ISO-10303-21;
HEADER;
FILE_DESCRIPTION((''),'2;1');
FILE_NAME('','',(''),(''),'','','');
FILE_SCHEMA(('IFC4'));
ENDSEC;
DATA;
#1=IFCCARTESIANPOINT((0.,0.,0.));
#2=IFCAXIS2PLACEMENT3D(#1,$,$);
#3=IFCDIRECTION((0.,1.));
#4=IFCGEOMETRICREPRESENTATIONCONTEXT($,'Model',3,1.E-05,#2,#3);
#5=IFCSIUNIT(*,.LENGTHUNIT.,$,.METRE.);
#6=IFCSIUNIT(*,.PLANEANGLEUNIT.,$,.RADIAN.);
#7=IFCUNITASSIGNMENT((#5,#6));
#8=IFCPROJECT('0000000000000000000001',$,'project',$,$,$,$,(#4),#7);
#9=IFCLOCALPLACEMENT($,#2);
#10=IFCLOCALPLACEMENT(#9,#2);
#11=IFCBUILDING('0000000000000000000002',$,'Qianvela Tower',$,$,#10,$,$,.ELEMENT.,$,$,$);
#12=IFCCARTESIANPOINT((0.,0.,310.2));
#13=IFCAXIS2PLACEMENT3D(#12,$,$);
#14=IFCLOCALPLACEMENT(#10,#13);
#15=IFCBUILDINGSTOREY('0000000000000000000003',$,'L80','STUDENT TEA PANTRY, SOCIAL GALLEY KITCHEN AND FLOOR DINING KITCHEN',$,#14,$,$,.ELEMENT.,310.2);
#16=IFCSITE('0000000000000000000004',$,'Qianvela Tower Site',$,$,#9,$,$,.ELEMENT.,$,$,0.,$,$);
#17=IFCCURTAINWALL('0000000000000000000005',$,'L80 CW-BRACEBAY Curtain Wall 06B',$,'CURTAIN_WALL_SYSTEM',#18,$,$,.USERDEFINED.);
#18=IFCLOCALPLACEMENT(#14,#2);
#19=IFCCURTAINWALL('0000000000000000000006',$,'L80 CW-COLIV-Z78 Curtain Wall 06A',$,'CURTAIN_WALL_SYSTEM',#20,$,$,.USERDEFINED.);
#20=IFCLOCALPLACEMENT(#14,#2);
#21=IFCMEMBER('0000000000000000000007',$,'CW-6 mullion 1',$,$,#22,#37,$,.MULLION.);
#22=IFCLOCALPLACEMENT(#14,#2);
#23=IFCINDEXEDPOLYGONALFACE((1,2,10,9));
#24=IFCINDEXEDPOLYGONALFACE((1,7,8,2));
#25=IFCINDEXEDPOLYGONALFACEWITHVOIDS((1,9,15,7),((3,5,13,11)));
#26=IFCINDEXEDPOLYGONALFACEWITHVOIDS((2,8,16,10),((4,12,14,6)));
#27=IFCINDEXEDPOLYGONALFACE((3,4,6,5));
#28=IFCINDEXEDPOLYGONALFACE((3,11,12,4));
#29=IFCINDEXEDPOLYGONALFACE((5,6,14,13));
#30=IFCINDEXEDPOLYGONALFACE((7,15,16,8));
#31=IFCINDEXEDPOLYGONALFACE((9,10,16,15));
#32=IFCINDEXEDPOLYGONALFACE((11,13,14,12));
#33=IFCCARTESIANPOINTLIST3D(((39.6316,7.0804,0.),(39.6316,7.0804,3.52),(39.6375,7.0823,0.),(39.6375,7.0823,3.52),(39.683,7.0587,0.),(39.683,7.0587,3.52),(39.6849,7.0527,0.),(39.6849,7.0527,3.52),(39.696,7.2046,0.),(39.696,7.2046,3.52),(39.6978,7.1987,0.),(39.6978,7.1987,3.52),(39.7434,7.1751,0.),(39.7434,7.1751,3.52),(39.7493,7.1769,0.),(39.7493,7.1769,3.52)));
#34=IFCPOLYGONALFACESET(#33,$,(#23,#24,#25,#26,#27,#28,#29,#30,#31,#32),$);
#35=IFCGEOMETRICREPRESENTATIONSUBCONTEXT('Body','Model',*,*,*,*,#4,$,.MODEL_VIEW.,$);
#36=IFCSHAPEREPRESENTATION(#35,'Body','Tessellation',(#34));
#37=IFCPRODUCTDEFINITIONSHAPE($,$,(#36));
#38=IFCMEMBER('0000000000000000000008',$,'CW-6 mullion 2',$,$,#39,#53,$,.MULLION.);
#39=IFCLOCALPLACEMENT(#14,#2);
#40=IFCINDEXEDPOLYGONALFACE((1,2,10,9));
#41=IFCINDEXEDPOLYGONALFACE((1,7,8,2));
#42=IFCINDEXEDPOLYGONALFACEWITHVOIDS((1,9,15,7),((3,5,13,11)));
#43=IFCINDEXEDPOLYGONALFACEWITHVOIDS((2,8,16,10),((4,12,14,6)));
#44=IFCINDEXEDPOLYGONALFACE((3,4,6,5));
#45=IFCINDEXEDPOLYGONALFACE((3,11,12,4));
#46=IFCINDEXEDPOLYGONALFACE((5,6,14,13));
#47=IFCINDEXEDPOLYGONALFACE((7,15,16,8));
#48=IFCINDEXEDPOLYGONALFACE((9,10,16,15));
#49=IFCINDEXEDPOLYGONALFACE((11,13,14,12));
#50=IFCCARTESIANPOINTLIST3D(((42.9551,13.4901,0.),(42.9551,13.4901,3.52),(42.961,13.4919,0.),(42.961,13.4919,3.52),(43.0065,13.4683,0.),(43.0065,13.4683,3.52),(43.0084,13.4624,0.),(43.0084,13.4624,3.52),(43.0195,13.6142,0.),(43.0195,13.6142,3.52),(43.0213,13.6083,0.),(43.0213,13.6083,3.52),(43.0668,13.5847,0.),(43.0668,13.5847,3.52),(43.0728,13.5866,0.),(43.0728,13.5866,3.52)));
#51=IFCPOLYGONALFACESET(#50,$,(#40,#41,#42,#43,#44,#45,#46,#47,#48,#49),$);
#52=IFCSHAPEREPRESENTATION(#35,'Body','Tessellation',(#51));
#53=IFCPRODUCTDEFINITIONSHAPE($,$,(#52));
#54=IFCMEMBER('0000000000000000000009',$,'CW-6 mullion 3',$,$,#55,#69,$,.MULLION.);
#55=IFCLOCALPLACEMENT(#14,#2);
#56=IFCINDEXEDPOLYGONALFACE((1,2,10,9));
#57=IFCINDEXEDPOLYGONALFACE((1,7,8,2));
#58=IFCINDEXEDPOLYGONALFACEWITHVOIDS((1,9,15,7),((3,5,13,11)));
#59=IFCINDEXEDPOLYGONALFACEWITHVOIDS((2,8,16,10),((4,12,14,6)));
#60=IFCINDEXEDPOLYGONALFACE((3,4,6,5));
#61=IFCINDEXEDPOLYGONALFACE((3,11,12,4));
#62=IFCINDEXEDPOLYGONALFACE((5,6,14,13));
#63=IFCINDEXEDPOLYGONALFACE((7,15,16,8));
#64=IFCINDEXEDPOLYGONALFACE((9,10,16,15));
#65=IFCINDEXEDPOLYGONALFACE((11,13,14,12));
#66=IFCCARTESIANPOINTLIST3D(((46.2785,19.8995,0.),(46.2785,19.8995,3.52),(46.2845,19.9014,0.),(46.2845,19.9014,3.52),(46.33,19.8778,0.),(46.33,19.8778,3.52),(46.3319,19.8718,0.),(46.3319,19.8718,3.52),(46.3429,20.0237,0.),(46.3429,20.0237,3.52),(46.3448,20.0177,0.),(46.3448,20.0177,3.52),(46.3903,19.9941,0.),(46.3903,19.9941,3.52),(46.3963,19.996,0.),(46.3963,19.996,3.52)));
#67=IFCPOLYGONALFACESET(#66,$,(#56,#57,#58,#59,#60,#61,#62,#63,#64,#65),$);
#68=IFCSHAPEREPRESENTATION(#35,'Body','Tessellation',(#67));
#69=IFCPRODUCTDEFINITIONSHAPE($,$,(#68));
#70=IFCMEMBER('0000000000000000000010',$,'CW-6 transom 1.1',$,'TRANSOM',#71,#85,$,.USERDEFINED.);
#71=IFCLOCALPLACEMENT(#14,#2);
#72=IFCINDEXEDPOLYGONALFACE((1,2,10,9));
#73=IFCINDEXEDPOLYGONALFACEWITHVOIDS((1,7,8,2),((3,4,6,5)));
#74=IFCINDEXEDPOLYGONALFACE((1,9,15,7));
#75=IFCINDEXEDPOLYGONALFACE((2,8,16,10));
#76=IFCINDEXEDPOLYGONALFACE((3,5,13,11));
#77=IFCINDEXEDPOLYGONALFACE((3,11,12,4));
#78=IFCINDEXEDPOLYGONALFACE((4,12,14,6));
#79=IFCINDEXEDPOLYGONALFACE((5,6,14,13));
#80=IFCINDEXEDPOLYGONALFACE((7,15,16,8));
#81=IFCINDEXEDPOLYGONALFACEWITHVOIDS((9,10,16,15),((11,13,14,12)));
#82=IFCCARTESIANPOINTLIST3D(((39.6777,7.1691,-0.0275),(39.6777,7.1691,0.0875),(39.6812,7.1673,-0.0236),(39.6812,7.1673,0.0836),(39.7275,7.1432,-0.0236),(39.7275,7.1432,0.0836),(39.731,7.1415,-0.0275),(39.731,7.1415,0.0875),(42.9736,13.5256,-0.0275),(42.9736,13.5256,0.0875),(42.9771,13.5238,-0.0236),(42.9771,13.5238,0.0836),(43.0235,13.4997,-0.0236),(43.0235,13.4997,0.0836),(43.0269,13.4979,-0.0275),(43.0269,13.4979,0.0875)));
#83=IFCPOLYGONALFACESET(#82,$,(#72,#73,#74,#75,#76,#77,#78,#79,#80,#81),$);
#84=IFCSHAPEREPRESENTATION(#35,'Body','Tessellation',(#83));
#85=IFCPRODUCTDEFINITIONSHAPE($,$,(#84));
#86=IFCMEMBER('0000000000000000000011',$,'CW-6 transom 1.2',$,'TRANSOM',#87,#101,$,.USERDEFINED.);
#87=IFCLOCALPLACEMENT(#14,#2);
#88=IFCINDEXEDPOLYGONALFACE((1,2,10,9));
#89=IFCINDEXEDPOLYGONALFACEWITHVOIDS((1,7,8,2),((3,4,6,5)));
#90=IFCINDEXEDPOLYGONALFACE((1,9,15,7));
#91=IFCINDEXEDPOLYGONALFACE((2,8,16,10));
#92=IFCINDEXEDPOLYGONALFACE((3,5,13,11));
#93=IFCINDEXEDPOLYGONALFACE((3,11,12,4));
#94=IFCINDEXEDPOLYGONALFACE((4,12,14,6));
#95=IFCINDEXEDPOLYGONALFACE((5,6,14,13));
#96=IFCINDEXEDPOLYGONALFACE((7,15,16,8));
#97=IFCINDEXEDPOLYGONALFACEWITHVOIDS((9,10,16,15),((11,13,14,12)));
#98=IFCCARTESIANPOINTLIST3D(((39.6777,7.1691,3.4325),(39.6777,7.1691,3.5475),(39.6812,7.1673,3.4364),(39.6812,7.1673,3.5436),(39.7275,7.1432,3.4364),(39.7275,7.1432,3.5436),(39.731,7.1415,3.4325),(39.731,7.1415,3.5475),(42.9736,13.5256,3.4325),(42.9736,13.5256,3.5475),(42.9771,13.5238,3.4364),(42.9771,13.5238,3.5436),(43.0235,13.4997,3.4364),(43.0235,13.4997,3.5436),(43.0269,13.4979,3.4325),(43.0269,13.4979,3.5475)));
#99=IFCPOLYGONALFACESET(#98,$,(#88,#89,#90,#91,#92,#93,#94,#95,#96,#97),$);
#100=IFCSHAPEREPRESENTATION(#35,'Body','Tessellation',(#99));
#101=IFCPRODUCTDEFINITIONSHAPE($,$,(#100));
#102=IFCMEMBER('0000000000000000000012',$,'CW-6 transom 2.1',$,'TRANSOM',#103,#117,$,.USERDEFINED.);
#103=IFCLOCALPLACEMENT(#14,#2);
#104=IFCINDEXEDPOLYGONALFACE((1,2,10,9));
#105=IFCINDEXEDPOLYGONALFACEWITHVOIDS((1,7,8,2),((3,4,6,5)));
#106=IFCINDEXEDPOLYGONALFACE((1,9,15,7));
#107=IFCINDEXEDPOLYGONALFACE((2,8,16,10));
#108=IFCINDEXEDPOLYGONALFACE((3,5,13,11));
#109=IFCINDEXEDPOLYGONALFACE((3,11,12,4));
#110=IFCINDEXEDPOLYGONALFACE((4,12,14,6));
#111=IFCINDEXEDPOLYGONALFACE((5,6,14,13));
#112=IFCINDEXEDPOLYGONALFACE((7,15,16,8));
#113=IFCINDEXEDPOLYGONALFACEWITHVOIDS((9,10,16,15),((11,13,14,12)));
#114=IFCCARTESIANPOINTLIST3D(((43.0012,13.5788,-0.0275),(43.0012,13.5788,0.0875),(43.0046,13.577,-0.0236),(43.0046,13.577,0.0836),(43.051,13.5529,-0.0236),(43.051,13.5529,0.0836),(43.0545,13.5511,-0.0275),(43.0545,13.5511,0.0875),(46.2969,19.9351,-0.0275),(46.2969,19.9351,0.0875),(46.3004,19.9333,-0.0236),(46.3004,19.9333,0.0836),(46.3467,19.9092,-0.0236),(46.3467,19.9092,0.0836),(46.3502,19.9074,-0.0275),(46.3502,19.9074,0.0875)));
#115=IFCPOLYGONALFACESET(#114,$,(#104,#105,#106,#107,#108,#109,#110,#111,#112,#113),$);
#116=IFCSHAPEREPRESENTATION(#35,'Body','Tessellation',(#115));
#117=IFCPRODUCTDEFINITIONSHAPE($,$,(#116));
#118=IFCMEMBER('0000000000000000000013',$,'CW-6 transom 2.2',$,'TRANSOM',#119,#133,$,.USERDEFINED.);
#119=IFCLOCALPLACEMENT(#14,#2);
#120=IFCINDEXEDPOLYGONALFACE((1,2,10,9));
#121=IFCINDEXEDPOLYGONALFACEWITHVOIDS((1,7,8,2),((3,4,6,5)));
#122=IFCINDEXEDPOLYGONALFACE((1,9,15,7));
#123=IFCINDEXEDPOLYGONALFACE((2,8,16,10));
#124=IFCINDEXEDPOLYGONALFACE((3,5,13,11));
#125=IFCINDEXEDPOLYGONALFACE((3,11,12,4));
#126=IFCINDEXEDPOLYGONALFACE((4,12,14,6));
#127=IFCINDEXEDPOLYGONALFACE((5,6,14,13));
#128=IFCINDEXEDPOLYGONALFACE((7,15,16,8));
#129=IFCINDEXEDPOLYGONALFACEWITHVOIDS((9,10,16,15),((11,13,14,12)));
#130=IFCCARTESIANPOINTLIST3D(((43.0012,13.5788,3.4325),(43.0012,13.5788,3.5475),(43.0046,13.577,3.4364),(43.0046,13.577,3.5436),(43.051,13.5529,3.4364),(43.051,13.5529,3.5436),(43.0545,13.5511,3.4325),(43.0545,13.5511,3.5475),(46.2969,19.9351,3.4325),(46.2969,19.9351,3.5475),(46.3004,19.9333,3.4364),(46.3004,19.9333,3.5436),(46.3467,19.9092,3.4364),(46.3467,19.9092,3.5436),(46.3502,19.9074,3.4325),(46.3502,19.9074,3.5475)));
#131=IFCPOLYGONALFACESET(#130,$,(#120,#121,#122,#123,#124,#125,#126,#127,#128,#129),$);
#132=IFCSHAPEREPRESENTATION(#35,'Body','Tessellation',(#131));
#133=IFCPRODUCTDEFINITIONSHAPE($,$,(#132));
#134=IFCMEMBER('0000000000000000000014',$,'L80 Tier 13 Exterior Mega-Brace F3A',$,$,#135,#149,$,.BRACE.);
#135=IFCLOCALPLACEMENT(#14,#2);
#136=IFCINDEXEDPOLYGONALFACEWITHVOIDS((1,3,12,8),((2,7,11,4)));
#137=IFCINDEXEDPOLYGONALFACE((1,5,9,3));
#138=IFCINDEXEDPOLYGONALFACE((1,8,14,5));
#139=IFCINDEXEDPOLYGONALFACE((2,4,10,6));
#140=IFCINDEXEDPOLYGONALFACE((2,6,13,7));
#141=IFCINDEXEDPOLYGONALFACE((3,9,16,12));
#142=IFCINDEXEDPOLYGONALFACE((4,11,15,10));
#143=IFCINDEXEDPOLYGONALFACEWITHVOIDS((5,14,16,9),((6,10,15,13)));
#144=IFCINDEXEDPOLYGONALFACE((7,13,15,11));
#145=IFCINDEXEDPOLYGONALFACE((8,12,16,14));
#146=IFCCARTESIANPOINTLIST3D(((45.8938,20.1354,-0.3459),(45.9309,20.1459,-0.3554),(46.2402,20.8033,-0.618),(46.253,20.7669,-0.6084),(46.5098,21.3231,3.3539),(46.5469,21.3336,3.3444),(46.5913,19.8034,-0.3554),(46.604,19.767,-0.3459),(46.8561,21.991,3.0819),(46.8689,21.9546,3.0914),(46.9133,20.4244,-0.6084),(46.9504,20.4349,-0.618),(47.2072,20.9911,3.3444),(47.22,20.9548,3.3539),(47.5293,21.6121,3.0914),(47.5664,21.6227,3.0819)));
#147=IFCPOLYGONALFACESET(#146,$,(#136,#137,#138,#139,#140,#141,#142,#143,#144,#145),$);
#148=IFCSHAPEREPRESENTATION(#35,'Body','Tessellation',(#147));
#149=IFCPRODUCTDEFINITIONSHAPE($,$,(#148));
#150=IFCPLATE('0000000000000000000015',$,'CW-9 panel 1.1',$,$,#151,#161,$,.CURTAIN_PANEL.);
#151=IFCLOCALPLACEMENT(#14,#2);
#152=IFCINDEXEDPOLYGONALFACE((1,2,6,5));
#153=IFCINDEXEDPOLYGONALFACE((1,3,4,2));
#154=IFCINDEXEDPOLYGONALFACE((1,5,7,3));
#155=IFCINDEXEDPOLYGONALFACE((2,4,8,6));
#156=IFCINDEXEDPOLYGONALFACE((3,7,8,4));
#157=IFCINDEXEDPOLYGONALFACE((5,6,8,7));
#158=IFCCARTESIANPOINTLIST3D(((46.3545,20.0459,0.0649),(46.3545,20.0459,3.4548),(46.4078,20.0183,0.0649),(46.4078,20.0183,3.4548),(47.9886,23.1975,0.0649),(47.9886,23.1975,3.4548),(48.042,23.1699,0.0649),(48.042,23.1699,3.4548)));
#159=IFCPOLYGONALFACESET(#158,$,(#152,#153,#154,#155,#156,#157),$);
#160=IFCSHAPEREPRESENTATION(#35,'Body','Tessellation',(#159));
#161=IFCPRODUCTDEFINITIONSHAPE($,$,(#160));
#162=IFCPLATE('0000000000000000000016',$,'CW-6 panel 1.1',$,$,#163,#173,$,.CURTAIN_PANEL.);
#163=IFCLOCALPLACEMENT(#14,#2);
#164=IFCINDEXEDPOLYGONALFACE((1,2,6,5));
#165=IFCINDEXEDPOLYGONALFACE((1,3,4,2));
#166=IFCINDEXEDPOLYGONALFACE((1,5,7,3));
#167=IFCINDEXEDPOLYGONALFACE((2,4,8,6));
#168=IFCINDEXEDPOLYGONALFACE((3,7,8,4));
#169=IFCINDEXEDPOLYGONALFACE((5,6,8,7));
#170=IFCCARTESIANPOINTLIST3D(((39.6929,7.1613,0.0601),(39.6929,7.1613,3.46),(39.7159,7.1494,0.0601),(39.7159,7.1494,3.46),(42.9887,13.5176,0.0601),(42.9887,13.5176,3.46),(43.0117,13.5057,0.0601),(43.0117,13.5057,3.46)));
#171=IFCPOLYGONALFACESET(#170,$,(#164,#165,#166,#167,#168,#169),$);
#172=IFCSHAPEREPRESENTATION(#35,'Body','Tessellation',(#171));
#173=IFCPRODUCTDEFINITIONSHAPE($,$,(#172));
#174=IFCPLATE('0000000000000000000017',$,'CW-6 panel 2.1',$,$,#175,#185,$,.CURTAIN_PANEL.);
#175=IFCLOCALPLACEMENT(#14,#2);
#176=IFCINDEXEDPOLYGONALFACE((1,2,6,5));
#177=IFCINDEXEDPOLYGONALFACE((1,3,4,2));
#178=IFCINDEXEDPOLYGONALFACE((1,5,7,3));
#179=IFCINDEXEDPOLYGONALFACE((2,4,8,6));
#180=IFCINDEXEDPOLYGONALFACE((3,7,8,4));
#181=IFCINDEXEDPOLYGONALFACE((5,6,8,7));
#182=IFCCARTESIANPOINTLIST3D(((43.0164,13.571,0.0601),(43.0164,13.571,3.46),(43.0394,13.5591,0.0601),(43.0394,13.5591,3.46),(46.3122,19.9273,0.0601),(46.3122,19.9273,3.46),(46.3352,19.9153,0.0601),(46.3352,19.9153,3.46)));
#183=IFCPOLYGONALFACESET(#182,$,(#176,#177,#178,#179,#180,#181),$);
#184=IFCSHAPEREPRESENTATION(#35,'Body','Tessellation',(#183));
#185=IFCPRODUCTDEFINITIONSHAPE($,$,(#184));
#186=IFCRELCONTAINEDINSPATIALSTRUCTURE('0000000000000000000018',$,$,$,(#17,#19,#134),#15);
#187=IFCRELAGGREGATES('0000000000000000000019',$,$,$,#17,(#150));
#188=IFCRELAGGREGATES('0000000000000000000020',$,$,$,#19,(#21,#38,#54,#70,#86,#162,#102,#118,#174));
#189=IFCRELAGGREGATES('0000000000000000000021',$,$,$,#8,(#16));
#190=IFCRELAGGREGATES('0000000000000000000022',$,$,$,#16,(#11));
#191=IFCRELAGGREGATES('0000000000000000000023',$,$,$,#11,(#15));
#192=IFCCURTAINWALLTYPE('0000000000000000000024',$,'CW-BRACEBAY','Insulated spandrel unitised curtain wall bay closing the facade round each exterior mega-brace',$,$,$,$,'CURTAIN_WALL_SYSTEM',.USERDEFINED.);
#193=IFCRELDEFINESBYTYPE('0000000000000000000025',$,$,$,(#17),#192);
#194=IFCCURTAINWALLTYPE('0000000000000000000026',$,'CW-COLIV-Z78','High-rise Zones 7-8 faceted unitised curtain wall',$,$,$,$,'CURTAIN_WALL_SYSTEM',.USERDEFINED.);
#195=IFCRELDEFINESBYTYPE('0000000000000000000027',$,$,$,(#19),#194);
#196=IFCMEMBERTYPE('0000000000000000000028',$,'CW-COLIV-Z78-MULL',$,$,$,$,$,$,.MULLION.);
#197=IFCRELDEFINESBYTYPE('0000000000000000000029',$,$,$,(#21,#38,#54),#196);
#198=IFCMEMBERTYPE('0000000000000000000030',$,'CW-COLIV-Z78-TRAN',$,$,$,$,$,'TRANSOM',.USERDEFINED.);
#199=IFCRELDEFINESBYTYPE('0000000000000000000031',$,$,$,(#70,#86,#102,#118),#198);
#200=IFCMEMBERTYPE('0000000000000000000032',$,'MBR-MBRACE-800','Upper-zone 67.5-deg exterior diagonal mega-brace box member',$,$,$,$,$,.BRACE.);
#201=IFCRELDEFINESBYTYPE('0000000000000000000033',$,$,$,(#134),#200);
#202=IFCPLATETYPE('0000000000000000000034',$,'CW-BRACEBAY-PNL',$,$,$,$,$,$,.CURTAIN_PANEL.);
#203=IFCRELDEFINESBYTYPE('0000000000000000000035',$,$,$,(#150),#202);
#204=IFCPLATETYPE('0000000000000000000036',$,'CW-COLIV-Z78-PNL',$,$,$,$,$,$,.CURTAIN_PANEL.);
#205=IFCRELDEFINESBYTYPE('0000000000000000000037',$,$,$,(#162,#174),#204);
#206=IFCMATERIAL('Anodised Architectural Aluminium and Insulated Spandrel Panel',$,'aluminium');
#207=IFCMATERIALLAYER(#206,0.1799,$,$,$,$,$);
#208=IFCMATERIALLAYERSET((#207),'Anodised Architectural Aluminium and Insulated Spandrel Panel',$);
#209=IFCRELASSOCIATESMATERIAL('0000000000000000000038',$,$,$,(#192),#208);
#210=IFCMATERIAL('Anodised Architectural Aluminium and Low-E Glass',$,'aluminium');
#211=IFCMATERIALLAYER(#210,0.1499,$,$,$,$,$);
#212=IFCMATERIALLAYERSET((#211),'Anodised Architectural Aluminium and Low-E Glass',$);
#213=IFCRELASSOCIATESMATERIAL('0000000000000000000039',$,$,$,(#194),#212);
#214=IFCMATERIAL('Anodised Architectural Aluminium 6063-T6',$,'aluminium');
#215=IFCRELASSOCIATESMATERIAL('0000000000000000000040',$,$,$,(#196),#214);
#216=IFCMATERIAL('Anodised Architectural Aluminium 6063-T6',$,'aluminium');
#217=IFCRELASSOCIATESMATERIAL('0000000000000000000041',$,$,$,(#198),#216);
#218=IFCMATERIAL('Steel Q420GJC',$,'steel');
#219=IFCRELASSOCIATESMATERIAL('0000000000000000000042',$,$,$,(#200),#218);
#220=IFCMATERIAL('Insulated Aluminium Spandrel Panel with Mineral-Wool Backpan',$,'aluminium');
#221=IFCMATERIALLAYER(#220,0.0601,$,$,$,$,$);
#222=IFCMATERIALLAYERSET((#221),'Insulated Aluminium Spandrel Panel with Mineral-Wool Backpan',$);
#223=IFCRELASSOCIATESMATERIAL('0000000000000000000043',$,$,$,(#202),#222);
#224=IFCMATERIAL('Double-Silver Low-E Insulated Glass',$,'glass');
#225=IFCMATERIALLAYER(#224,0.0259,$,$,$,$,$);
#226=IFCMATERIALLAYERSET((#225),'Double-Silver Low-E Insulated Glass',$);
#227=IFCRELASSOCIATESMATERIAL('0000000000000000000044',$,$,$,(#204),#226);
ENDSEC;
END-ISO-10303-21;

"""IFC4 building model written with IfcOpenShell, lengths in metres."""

from ifc_helpers import new_model, si_unit, direction, frame, origin, origin_2d, place, context, subcontext, project, spatial, rectangle, hollow_rectangle, extrude, material, layer, layer_set, material_profile, profile_set, type_object, element, aggregate, save


model = new_model("IFC4")

# Units and contexts
model_context = context("Model", 3, precision=1e-05, world=origin(), true_north=direction((0.0, 1.0)))
body_context = subcontext(model_context, "Body", "Model", "MODEL_VIEW")
ifc_project = project(units=[si_unit("LENGTHUNIT", "METRE"), si_unit("PLANEANGLEUNIT", "RADIAN")], contexts=[model_context])

# Site, building, storey
site_placement = place(None, origin())
site = spatial("IfcSite", under=ifc_project, at=site_placement, Name="Qianvela Tower Site", CompositionType="ELEMENT", RefElevation=0.0)
building_placement = place(site_placement, origin())
building = spatial("IfcBuilding", under=site, at=building_placement, Name="Qianvela Tower", CompositionType="ELEMENT")
storey_placement = place(building_placement, frame((0.0, 0.0, 310.2)))
storey = spatial("IfcBuildingStorey", under=building, at=storey_placement, Name="L80", Description="STUDENT TEA PANTRY, SOCIAL GALLEY KITCHEN AND FLOOR DINING KITCHEN", CompositionType="ELEMENT", Elevation=310.2)

# Curtain wall
ifc_material_1 = material(Name="Anodised Architectural Aluminium and Insulated Spandrel Panel", Category="aluminium")
ifc_layer_1 = layer(ifc_material_1, 0.1799)
ifc_layer_set_1 = layer_set([ifc_layer_1], Name="Anodised Architectural Aluminium and Insulated Spandrel Panel")
curtain_wall_type_1 = type_object("IfcCurtainWallType", Name="CW-BRACEBAY", Description="Insulated spandrel unitised curtain wall bay closing the facade round each exterior mega-brace", ElementType="CURTAIN_WALL_SYSTEM", PredefinedType="USERDEFINED", material=ifc_layer_set_1)
curtain_wall_1_placement = place(storey_placement, origin())
curtain_wall_1 = element("IfcCurtainWall", 1, at=curtain_wall_1_placement, inside=storey, type_object=curtain_wall_type_1, Name="L80 CW-BRACEBAY Curtain Wall 06B", ObjectType="CURTAIN_WALL_SYSTEM", PredefinedType="USERDEFINED")

# Shared definitions
ifc_material_2 = material(Name="Anodised Architectural Aluminium and Low-E Glass", Category="aluminium")
ifc_layer_2 = layer(ifc_material_2, 0.1499)
ifc_layer_set_2 = layer_set([ifc_layer_2], Name="Anodised Architectural Aluminium and Low-E Glass")
curtain_wall_type_2 = type_object("IfcCurtainWallType", Name="CW-COLIV-Z78", Description="High-rise Zones 7-8 faceted unitised curtain wall", ElementType="CURTAIN_WALL_SYSTEM", PredefinedType="USERDEFINED", material=ifc_layer_set_2)
ifc_material_3 = material(Name="Anodised Architectural Aluminium 6063-T6", Category="aluminium")
ifc_material_profile_1 = material_profile(ifc_material_3, hollow_rectangle(XDim=0.0601, YDim=0.1399, WallThickness=0.0044, at=origin_2d()), Name="ALU-MULL-60x140")
ifc_profile_set_1 = profile_set([ifc_material_profile_1], Name="Anodised Architectural Aluminium 6063-T6")
member_type_1 = type_object("IfcMemberType", Name="CW-COLIV-Z78-MULL", PredefinedType="MULLION", material=ifc_profile_set_1)

# Curtain wall, members
curtain_wall_2_placement = place(storey_placement, origin())
curtain_wall_2 = element("IfcCurtainWall", 2, at=curtain_wall_2_placement, inside=storey, type_object=curtain_wall_type_2, Name="L80 CW-COLIV-Z78 Curtain Wall 06A", ObjectType="CURTAIN_WALL_SYSTEM", PredefinedType="USERDEFINED")
member_1_placement = place(storey_placement, frame((39.6904, 7.1287, 0.0), z_axis=(0.0, 0.0, 1.0), x_axis=(-0.887758, 0.46031, 0.0)))
member_1 = element("IfcMember", 3, at=member_1_placement, type_object=member_type_1, Name="CW-6 mullion 1", PredefinedType="MULLION", context=body_context, shape_type="SweptSolid", body=[
    extrude(hollow_rectangle(XDim=0.0601, YDim=0.1399, WallThickness=0.0044, at=origin_2d()), origin(), (0.0, 0.0, 1.0), 3.52),
])
member_2_placement = place(storey_placement, frame((43.0139, 13.5383, 0.0), z_axis=(0.0, 0.0, 1.0), x_axis=(-0.887758, 0.46031, 0.0)))
member_2 = element("IfcMember", 4, at=member_2_placement, type_object=member_type_1, Name="CW-6 mullion 2", PredefinedType="MULLION", context=body_context, shape_type="SweptSolid", body=[
    extrude(hollow_rectangle(XDim=0.0601, YDim=0.1399, WallThickness=0.0044, at=origin_2d()), origin(), (0.0, 0.0, 1.0), 3.52),
])
member_3_placement = place(storey_placement, frame((46.3374, 19.9478, 0.0), z_axis=(0.0, 0.0, 1.0), x_axis=(-0.887758, 0.46031, 0.0)))
member_3 = element("IfcMember", 5, at=member_3_placement, type_object=member_type_1, Name="CW-6 mullion 3", PredefinedType="MULLION", context=body_context, shape_type="SweptSolid", body=[
    extrude(hollow_rectangle(XDim=0.0601, YDim=0.1399, WallThickness=0.0044, at=origin_2d()), origin(), (0.0, 0.0, 1.0), 3.52),
])
ifc_material_4 = material(Name="Anodised Architectural Aluminium 6063-T6", Category="aluminium")
ifc_material_profile_2 = material_profile(ifc_material_4, hollow_rectangle(XDim=0.0601, YDim=0.115, WallThickness=0.0039, at=origin_2d()), Name="ALU-TRAN-60x115")
ifc_profile_set_2 = profile_set([ifc_material_profile_2], Name="Anodised Architectural Aluminium 6063-T6")
member_type_2 = type_object("IfcMemberType", Name="CW-COLIV-Z78-TRAN", ElementType="TRANSOM", PredefinedType="USERDEFINED", material=ifc_profile_set_2)
member_4_placement = place(storey_placement, frame((39.7043, 7.1553, 0.03), z_axis=(0.460313, 0.887757, 0.0), x_axis=(-0.887757, 0.460313, 0.0)))
member_4 = element("IfcMember", 6, at=member_4_placement, type_object=member_type_2, Name="CW-6 transom 1.1", ObjectType="TRANSOM", PredefinedType="USERDEFINED", context=body_context, shape_type="SweptSolid", body=[
    extrude(hollow_rectangle(XDim=0.0601, YDim=0.115, WallThickness=0.0039, at=origin_2d()), origin(), (0.0, 0.0, 1.0), 7.1602),
])
member_5_placement = place(storey_placement, frame((39.7043, 7.1553, 3.49), z_axis=(0.460313, 0.887757, 0.0), x_axis=(-0.887757, 0.460313, 0.0)))
member_5 = element("IfcMember", 7, at=member_5_placement, type_object=member_type_2, Name="CW-6 transom 1.2", ObjectType="TRANSOM", PredefinedType="USERDEFINED", context=body_context, shape_type="SweptSolid", body=[
    extrude(hollow_rectangle(XDim=0.0601, YDim=0.115, WallThickness=0.0039, at=origin_2d()), origin(), (0.0, 0.0, 1.0), 7.1602),
])
member_6_placement = place(storey_placement, frame((43.0278, 13.5649, 0.03), z_axis=(0.4603, 0.887763, 0.0), x_axis=(-0.887763, 0.4603, 0.0)))
member_6 = element("IfcMember", 8, at=member_6_placement, type_object=member_type_2, Name="CW-6 transom 2.1", ObjectType="TRANSOM", PredefinedType="USERDEFINED", context=body_context, shape_type="SweptSolid", body=[
    extrude(hollow_rectangle(XDim=0.0601, YDim=0.115, WallThickness=0.0039, at=origin_2d()), origin(), (0.0, 0.0, 1.0), 7.1599),
])
member_7_placement = place(storey_placement, frame((43.0278, 13.5649, 3.49), z_axis=(0.4603, 0.887763, 0.0), x_axis=(-0.887763, 0.4603, 0.0)))
member_7 = element("IfcMember", 9, at=member_7_placement, type_object=member_type_2, Name="CW-6 transom 2.2", ObjectType="TRANSOM", PredefinedType="USERDEFINED", context=body_context, shape_type="SweptSolid", body=[
    extrude(hollow_rectangle(XDim=0.0601, YDim=0.115, WallThickness=0.0039, at=origin_2d()), origin(), (0.0, 0.0, 1.0), 7.1599),
])

# Member
ifc_material_5 = material(Name="Steel Q420GJC", Category="steel")
ifc_material_profile_3 = material_profile(ifc_material_5, hollow_rectangle(XDim=0.8, YDim=0.8, WallThickness=0.0281, at=origin_2d()), Name="MBOX-800x800x28")
ifc_profile_set_3 = profile_set([ifc_material_profile_3], Name="Steel Q420GJC")
member_type_3 = type_object("IfcMemberType", Name="MBR-MBRACE-800", Description="Upper-zone 67.5-deg exterior diagonal mega-brace box member", PredefinedType="BRACE", material=ifc_profile_set_3)
member_8_placement = place(storey_placement, frame((46.4221, 20.2852, -0.4819), z_axis=(0.156558, 0.301884, 0.940402), x_axis=(-0.887724, 0.460376, 0.0)))
element("IfcMember", 10, at=member_8_placement, inside=storey, type_object=member_type_3, Name="L80 Tier 13 Exterior Mega-Brace F3A", PredefinedType="BRACE", context=body_context, shape_type="SweptSolid", body=[
    extrude(hollow_rectangle(XDim=0.8, YDim=0.8, WallThickness=0.0281, at=origin_2d()), origin(), (0.0, 0.0, 1.0), 3.9343),
])

# Plates
ifc_material_6 = material(Name="Insulated Aluminium Spandrel Panel with Mineral-Wool Backpan", Category="aluminium")
ifc_layer_3 = layer(ifc_material_6, 0.0601)
ifc_layer_set_3 = layer_set([ifc_layer_3], Name="Insulated Aluminium Spandrel Panel with Mineral-Wool Backpan")
plate_type_1 = type_object("IfcPlateType", Name="CW-BRACEBAY-PNL", PredefinedType="CURTAIN_PANEL", material=ifc_layer_set_3)
plate_1_placement = place(storey_placement, frame((47.1982, 21.6079, 0.0649), z_axis=(0.0, 0.0, 1.0), x_axis=(0.460307, 0.88776, 0.0)))
plate_1 = element("IfcPlate", 11, at=plate_1_placement, type_object=plate_type_1, Name="CW-9 panel 1.1", PredefinedType="CURTAIN_PANEL", context=body_context, shape_type="SweptSolid", body=[
    extrude(rectangle(XDim=3.55, YDim=0.0601, at=origin_2d()), origin(), (0.0, 0.0, 1.0), 3.3899),
])
aggregate(curtain_wall_1, [plate_1])
ifc_material_7 = material(Name="Double-Silver Low-E Insulated Glass", Category="glass")
ifc_layer_4 = layer(ifc_material_7, 0.0259)
ifc_layer_set_4 = layer_set([ifc_layer_4], Name="Double-Silver Low-E Insulated Glass")
plate_type_2 = type_object("IfcPlateType", Name="CW-COLIV-Z78-PNL", PredefinedType="CURTAIN_PANEL", material=ifc_layer_set_4)
plate_2_placement = place(storey_placement, frame((41.3523, 10.3335, 0.0601), z_axis=(0.0, 0.0, 1.0), x_axis=(0.46031, 0.887758, 0.0)))
plate_2 = element("IfcPlate", 12, at=plate_2_placement, type_object=plate_type_2, Name="CW-6 panel 1.1", PredefinedType="CURTAIN_PANEL", context=body_context, shape_type="SweptSolid", body=[
    extrude(rectangle(XDim=7.1599, YDim=0.0259, at=origin_2d()), origin(), (0.0, 0.0, 1.0), 3.3999),
])
plate_3_placement = place(storey_placement, frame((44.6758, 16.7432, 0.0601), z_axis=(0.0, 0.0, 1.0), x_axis=(0.46031, 0.887758, 0.0)))
plate_3 = element("IfcPlate", 13, at=plate_3_placement, type_object=plate_type_2, Name="CW-6 panel 2.1", PredefinedType="CURTAIN_PANEL", context=body_context, shape_type="SweptSolid", body=[
    extrude(rectangle(XDim=7.1599, YDim=0.0259, at=origin_2d()), origin(), (0.0, 0.0, 1.0), 3.3999),
])
aggregate(curtain_wall_2, [member_1, member_2, member_3, member_4, member_5, plate_2, member_6, member_7, plate_3])

save(model, "model.ifc")
